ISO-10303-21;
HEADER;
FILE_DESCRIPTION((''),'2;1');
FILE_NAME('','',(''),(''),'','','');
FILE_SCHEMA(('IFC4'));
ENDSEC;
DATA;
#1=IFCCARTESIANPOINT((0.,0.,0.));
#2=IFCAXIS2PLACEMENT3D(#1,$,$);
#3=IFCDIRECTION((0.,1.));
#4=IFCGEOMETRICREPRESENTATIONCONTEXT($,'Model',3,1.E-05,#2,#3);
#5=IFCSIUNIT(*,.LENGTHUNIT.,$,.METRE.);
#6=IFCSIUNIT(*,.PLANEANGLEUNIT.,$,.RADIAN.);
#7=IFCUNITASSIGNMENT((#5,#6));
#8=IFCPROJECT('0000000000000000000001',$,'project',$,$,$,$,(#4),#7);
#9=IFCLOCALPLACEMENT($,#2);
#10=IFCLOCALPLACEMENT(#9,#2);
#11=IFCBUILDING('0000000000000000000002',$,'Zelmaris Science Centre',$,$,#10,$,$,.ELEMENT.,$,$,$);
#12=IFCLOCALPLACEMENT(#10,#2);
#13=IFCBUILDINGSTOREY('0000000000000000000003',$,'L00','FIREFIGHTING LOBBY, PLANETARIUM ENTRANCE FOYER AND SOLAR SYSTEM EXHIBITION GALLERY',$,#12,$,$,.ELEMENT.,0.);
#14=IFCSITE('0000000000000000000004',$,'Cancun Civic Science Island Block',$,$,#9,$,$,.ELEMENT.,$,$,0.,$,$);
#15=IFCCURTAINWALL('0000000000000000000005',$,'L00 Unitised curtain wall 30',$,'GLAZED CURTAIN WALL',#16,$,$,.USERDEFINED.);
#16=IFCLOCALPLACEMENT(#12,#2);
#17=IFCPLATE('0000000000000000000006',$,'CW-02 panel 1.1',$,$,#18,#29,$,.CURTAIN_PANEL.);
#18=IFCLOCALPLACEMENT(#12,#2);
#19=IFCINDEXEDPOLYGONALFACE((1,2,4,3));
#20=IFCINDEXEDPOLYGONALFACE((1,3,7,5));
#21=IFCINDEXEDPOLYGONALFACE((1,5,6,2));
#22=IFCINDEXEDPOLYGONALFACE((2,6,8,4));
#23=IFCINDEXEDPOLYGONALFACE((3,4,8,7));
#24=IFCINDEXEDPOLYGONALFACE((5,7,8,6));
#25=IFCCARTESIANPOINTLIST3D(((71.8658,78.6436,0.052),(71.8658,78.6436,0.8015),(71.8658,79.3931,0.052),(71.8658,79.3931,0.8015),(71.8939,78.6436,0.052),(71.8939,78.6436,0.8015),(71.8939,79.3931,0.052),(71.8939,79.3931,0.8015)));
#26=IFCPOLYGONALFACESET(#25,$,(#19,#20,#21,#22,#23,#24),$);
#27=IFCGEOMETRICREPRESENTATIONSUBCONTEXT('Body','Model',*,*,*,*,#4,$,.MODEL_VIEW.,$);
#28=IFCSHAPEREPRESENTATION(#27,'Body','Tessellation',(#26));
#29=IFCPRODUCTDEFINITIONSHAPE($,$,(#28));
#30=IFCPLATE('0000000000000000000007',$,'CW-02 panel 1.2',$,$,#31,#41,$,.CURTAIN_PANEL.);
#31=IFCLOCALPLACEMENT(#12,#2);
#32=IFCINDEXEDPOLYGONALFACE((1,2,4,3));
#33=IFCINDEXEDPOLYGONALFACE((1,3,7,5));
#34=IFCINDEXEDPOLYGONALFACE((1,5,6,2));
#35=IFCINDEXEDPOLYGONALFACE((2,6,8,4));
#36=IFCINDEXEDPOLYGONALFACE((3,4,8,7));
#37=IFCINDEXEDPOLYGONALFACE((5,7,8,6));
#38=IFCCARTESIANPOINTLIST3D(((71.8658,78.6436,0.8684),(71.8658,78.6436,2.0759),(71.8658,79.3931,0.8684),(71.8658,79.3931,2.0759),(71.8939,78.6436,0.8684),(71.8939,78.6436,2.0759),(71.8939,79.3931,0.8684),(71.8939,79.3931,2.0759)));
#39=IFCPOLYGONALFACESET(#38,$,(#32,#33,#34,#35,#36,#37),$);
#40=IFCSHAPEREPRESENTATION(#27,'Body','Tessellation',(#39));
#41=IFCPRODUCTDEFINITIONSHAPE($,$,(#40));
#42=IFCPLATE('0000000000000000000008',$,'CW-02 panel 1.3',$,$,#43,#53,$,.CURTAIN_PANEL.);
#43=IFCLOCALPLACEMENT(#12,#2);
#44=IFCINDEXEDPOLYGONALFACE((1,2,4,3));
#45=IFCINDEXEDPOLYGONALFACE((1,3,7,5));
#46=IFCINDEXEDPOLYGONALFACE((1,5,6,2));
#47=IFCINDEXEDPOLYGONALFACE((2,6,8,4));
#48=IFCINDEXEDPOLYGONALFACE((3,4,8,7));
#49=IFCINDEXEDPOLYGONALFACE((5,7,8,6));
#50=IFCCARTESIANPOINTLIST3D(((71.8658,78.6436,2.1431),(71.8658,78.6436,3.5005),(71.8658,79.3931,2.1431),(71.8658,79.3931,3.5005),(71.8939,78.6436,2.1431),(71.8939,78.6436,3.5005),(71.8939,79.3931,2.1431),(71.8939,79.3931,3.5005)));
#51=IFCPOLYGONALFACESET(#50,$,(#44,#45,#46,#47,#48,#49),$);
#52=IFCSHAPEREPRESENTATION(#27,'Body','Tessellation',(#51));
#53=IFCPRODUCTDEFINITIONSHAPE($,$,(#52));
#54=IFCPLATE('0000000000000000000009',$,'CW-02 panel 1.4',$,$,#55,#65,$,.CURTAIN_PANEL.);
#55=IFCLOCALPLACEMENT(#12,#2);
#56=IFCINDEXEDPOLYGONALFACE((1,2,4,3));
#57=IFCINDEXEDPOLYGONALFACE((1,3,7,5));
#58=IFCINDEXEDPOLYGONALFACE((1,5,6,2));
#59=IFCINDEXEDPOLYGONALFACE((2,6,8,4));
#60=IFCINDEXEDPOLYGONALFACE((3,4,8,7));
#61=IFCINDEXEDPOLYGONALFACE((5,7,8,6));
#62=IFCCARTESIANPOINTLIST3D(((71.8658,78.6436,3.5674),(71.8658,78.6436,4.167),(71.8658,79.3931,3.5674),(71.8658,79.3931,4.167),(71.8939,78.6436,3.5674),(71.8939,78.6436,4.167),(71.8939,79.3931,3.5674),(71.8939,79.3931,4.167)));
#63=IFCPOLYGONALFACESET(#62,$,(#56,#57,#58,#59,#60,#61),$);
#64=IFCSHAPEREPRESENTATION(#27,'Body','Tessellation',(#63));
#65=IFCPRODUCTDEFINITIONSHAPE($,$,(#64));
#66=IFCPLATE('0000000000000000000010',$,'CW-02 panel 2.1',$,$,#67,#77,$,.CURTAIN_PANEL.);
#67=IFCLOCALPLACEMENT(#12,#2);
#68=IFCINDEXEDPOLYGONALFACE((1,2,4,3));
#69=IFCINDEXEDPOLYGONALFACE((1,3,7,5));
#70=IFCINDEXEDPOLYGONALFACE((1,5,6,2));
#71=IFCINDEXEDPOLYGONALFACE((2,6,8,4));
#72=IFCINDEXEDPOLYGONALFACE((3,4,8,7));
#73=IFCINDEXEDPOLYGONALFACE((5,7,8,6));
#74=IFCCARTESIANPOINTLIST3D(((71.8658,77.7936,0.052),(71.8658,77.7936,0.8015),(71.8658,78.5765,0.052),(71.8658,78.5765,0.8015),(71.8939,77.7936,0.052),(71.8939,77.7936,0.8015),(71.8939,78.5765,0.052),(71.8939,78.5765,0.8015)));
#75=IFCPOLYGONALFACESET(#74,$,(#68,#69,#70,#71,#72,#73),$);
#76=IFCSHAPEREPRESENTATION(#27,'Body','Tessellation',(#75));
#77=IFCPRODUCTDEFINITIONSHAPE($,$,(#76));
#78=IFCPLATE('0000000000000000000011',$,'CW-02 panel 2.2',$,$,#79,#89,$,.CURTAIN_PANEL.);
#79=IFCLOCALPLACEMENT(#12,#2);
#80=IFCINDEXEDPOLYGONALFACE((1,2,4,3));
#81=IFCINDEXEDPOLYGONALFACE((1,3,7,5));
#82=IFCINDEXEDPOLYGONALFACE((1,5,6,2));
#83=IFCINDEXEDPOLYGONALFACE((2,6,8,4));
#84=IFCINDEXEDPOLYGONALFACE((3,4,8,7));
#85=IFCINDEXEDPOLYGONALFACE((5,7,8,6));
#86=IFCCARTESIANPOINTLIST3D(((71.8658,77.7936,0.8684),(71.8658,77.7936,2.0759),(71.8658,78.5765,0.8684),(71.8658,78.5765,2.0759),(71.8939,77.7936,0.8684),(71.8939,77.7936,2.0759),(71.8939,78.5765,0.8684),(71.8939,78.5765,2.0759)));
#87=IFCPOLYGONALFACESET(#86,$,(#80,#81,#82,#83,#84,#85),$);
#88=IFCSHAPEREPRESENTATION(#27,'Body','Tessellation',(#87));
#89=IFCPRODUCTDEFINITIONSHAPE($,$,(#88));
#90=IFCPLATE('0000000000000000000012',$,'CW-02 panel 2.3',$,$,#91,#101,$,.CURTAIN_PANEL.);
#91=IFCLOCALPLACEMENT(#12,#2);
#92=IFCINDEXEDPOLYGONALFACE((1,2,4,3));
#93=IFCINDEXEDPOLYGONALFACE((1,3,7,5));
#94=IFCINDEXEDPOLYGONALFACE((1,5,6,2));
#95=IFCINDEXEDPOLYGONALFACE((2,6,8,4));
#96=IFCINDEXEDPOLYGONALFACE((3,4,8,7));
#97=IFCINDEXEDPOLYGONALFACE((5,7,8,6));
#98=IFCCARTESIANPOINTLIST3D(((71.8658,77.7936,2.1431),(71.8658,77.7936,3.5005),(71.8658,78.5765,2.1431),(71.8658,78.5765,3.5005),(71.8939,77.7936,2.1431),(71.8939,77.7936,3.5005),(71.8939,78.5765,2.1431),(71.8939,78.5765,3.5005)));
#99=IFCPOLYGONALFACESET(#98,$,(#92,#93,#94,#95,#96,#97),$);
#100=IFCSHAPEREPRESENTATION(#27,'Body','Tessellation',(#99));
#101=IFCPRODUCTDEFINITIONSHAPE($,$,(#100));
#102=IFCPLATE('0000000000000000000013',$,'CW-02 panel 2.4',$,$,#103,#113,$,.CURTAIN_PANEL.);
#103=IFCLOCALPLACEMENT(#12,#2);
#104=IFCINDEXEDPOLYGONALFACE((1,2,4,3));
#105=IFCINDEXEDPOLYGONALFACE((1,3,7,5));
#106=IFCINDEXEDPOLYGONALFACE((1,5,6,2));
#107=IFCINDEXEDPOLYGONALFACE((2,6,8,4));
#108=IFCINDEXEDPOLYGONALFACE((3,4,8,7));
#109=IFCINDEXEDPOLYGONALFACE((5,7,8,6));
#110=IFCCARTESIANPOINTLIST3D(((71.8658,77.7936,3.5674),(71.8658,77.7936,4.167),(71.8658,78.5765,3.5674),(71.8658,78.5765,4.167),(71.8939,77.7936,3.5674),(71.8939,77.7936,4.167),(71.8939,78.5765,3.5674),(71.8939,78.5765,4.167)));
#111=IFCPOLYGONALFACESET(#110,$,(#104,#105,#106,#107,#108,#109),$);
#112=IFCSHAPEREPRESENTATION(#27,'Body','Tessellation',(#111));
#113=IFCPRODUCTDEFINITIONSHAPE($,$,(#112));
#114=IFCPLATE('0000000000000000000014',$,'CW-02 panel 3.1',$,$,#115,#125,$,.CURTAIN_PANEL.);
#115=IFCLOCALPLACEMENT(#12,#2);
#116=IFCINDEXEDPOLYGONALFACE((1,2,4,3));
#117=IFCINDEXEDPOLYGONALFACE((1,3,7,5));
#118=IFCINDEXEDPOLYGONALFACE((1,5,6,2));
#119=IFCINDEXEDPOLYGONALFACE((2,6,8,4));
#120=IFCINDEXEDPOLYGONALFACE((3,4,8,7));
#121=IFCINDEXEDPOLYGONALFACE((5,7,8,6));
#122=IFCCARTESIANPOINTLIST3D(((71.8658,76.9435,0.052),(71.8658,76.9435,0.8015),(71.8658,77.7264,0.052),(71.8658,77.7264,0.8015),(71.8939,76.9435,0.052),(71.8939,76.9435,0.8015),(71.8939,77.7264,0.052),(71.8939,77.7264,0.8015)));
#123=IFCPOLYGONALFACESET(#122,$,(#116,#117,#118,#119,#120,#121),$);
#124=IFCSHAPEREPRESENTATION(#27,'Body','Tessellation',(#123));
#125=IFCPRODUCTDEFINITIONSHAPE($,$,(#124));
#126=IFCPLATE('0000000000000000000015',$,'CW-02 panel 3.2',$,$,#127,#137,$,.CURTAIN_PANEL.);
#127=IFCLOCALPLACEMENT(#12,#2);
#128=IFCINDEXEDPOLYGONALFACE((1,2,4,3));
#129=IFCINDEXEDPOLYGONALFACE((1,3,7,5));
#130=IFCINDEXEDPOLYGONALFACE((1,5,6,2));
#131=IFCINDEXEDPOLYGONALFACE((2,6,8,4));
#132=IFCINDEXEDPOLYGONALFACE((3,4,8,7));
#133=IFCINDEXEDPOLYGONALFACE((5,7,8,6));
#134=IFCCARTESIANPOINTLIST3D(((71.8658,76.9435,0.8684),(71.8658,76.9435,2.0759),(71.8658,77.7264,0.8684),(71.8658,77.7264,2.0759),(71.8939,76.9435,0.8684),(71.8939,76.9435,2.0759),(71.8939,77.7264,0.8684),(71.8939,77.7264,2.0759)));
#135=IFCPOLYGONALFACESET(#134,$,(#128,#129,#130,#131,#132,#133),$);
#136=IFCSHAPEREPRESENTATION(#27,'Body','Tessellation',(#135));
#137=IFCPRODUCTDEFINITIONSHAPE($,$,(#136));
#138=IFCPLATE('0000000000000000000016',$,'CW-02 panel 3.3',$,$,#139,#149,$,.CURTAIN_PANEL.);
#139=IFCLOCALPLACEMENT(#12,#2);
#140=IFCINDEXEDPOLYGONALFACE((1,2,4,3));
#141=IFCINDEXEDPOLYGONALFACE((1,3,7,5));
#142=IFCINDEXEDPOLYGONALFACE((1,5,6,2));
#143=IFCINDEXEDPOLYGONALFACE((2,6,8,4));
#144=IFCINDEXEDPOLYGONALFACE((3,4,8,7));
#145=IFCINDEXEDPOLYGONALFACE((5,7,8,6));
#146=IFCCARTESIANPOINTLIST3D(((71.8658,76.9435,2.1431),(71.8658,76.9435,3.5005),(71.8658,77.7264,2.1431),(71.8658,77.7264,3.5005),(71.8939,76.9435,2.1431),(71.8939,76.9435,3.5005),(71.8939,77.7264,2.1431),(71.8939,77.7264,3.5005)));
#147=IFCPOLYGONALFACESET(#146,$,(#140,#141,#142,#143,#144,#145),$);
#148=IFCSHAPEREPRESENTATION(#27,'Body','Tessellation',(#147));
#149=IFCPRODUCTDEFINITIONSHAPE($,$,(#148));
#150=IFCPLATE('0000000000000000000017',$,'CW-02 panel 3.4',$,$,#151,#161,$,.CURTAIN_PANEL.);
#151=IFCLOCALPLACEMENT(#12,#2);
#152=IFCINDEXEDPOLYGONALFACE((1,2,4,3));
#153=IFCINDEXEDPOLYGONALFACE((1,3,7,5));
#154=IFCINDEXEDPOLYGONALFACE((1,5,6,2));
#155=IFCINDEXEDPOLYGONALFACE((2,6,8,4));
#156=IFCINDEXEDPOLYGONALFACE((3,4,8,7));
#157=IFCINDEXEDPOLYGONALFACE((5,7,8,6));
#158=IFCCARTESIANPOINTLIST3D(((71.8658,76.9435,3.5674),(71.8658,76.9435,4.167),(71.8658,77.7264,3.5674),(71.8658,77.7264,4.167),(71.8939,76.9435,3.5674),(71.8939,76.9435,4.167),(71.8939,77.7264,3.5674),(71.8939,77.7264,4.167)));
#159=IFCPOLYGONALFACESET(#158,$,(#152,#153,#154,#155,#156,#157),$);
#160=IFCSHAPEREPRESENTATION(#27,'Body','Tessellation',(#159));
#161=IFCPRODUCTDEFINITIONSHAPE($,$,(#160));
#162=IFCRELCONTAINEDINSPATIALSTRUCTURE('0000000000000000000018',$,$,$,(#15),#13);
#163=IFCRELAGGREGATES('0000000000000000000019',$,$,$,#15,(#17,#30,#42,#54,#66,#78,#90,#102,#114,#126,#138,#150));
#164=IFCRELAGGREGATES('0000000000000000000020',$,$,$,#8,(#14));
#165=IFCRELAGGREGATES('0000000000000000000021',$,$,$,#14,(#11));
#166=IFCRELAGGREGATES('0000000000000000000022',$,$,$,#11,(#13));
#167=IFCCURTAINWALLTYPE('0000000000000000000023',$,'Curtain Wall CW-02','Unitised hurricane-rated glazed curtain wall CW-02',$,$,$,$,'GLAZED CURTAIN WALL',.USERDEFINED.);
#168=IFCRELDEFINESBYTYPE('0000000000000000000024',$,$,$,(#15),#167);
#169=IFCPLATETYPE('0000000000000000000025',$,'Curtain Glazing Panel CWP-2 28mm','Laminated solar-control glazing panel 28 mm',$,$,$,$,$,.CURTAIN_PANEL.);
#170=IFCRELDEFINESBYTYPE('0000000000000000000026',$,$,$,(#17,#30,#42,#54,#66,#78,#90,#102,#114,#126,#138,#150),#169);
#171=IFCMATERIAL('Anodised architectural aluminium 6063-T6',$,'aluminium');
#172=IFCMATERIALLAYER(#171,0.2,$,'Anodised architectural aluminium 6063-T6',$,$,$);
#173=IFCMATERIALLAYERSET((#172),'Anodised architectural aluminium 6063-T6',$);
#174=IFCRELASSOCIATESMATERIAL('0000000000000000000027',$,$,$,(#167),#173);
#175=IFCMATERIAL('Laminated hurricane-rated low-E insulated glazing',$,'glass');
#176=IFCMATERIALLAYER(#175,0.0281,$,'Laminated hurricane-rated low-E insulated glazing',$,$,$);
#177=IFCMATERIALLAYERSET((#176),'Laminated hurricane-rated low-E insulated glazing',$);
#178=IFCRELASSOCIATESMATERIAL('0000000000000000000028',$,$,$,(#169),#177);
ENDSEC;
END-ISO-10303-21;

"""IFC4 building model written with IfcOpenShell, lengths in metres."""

from ifc_helpers import new_model, si_unit, direction, frame, origin, origin_2d, place, context, subcontext, project, spatial, rectangle, extrude, material, layer, layer_set, type_object, element, aggregate, save


model = new_model("IFC4")

# Units and contexts
model_context = context("Model", 3, precision=1e-05, world=origin(), true_north=direction((0.0, 1.0)))
body_context = subcontext(model_context, "Body", "Model", "MODEL_VIEW")
ifc_project = project(units=[si_unit("LENGTHUNIT", "METRE"), si_unit("PLANEANGLEUNIT", "RADIAN")], contexts=[model_context])

# Site, building, storey
site_placement = place(None, origin())
site = spatial("IfcSite", under=ifc_project, at=site_placement, Name="Cancun Civic Science Island Block", CompositionType="ELEMENT", RefElevation=0.0)
building_placement = place(site_placement, origin())
building = spatial("IfcBuilding", under=site, at=building_placement, Name="Zelmaris Science Centre", CompositionType="ELEMENT")
storey_placement = place(building_placement, origin())
storey = spatial("IfcBuildingStorey", under=building, at=storey_placement, Name="L00", Description="FIREFIGHTING LOBBY, PLANETARIUM ENTRANCE FOYER AND SOLAR SYSTEM EXHIBITION GALLERY", CompositionType="ELEMENT", Elevation=0.0)

# Curtain wall
ifc_material_1 = material(Name="Anodised architectural aluminium 6063-T6", Category="aluminium")
ifc_layer_1 = layer(ifc_material_1, 0.2, Name="Anodised architectural aluminium 6063-T6")
ifc_layer_set_1 = layer_set([ifc_layer_1], Name="Anodised architectural aluminium 6063-T6")
curtain_wall_type_1 = type_object("IfcCurtainWallType", Name="Curtain Wall CW-02", Description="Unitised hurricane-rated glazed curtain wall CW-02", ElementType="GLAZED CURTAIN WALL", PredefinedType="USERDEFINED", material=ifc_layer_set_1)
curtain_wall_1_placement = place(storey_placement, origin())
curtain_wall_1 = element("IfcCurtainWall", 1, at=curtain_wall_1_placement, inside=storey, type_object=curtain_wall_type_1, Name="L00 Unitised curtain wall 30", ObjectType="GLAZED CURTAIN WALL", PredefinedType="USERDEFINED")

# Plates
ifc_material_2 = material(Name="Laminated hurricane-rated low-E insulated glazing", Category="glass")
ifc_layer_2 = layer(ifc_material_2, 0.0281, Name="Laminated hurricane-rated low-E insulated glazing")
ifc_layer_set_2 = layer_set([ifc_layer_2], Name="Laminated hurricane-rated low-E insulated glazing")
plate_type_1 = type_object("IfcPlateType", Name="Curtain Glazing Panel CWP-2 28mm", Description="Laminated solar-control glazing panel 28 mm", PredefinedType="CURTAIN_PANEL", material=ifc_layer_set_2)
plate_1_placement = place(storey_placement, frame((71.8799, 79.0183, 0.052), z_axis=(0.0, 0.0, 1.0), x_axis=(0.0, -1.0, 0.0)))
plate_1 = element("IfcPlate", 2, at=plate_1_placement, type_object=plate_type_1, Name="CW-02 panel 1.1", PredefinedType="CURTAIN_PANEL", context=body_context, shape_type="SweptSolid", body=[
    extrude(rectangle(XDim=0.7495, YDim=0.0281, at=origin_2d()), origin(), (0.0, 0.0, 1.0), 0.7495),
])
plate_2_placement = place(storey_placement, frame((71.8799, 79.0183, 0.8684), z_axis=(0.0, 0.0, 1.0), x_axis=(0.0, -1.0, 0.0)))
plate_2 = element("IfcPlate", 3, at=plate_2_placement, type_object=plate_type_1, Name="CW-02 panel 1.2", PredefinedType="CURTAIN_PANEL", context=body_context, shape_type="SweptSolid", body=[
    extrude(rectangle(XDim=0.7495, YDim=0.0281, at=origin_2d()), origin(), (0.0, 0.0, 1.0), 1.2075),
])
plate_3_placement = place(storey_placement, frame((71.8799, 79.0183, 2.1431), z_axis=(0.0, 0.0, 1.0), x_axis=(0.0, -1.0, 0.0)))
plate_3 = element("IfcPlate", 4, at=plate_3_placement, type_object=plate_type_1, Name="CW-02 panel 1.3", PredefinedType="CURTAIN_PANEL", context=body_context, shape_type="SweptSolid", body=[
    extrude(rectangle(XDim=0.7495, YDim=0.0281, at=origin_2d()), origin(), (0.0, 0.0, 1.0), 1.3574),
])
plate_4_placement = place(storey_placement, frame((71.8799, 79.0183, 3.5674), z_axis=(0.0, 0.0, 1.0), x_axis=(0.0, -1.0, 0.0)))
plate_4 = element("IfcPlate", 5, at=plate_4_placement, type_object=plate_type_1, Name="CW-02 panel 1.4", PredefinedType="CURTAIN_PANEL", context=body_context, shape_type="SweptSolid", body=[
    extrude(rectangle(XDim=0.7495, YDim=0.0281, at=origin_2d()), origin(), (0.0, 0.0, 1.0), 0.5996),
])
plate_5_placement = place(storey_placement, frame((71.8799, 78.1851, 0.052), z_axis=(0.0, 0.0, 1.0), x_axis=(0.0, -1.0, 0.0)))
plate_5 = element("IfcPlate", 6, at=plate_5_placement, type_object=plate_type_1, Name="CW-02 panel 2.1", PredefinedType="CURTAIN_PANEL", context=body_context, shape_type="SweptSolid", body=[
    extrude(rectangle(XDim=0.783, YDim=0.0281, at=origin_2d()), origin(), (0.0, 0.0, 1.0), 0.7495),
])
plate_6_placement = place(storey_placement, frame((71.8799, 78.1851, 0.8684), z_axis=(0.0, 0.0, 1.0), x_axis=(0.0, -1.0, 0.0)))
plate_6 = element("IfcPlate", 7, at=plate_6_placement, type_object=plate_type_1, Name="CW-02 panel 2.2", PredefinedType="CURTAIN_PANEL", context=body_context, shape_type="SweptSolid", body=[
    extrude(rectangle(XDim=0.783, YDim=0.0281, at=origin_2d()), origin(), (0.0, 0.0, 1.0), 1.2075),
])
plate_7_placement = place(storey_placement, frame((71.8799, 78.1851, 2.1431), z_axis=(0.0, 0.0, 1.0), x_axis=(0.0, -1.0, 0.0)))
plate_7 = element("IfcPlate", 8, at=plate_7_placement, type_object=plate_type_1, Name="CW-02 panel 2.3", PredefinedType="CURTAIN_PANEL", context=body_context, shape_type="SweptSolid", body=[
    extrude(rectangle(XDim=0.783, YDim=0.0281, at=origin_2d()), origin(), (0.0, 0.0, 1.0), 1.3574),
])
plate_8_placement = place(storey_placement, frame((71.8799, 78.1851, 3.5674), z_axis=(0.0, 0.0, 1.0), x_axis=(0.0, -1.0, 0.0)))
plate_8 = element("IfcPlate", 9, at=plate_8_placement, type_object=plate_type_1, Name="CW-02 panel 2.4", PredefinedType="CURTAIN_PANEL", context=body_context, shape_type="SweptSolid", body=[
    extrude(rectangle(XDim=0.783, YDim=0.0281, at=origin_2d()), origin(), (0.0, 0.0, 1.0), 0.5996),
])
plate_9_placement = place(storey_placement, frame((71.8799, 77.335, 0.052), z_axis=(0.0, 0.0, 1.0), x_axis=(0.0, -1.0, 0.0)))
plate_9 = element("IfcPlate", 10, at=plate_9_placement, type_object=plate_type_1, Name="CW-02 panel 3.1", PredefinedType="CURTAIN_PANEL", context=body_context, shape_type="SweptSolid", body=[
    extrude(rectangle(XDim=0.783, YDim=0.0281, at=origin_2d()), origin(), (0.0, 0.0, 1.0), 0.7495),
])
plate_10_placement = place(storey_placement, frame((71.8799, 77.335, 0.8684), z_axis=(0.0, 0.0, 1.0), x_axis=(0.0, -1.0, 0.0)))
plate_10 = element("IfcPlate", 11, at=plate_10_placement, type_object=plate_type_1, Name="CW-02 panel 3.2", PredefinedType="CURTAIN_PANEL", context=body_context, shape_type="SweptSolid", body=[
    extrude(rectangle(XDim=0.783, YDim=0.0281, at=origin_2d()), origin(), (0.0, 0.0, 1.0), 1.2075),
])
plate_11_placement = place(storey_placement, frame((71.8799, 77.335, 2.1431), z_axis=(0.0, 0.0, 1.0), x_axis=(0.0, -1.0, 0.0)))
plate_11 = element("IfcPlate", 12, at=plate_11_placement, type_object=plate_type_1, Name="CW-02 panel 3.3", PredefinedType="CURTAIN_PANEL", context=body_context, shape_type="SweptSolid", body=[
    extrude(rectangle(XDim=0.783, YDim=0.0281, at=origin_2d()), origin(), (0.0, 0.0, 1.0), 1.3574),
])
plate_12_placement = place(storey_placement, frame((71.8799, 77.335, 3.5674), z_axis=(0.0, 0.0, 1.0), x_axis=(0.0, -1.0, 0.0)))
plate_12 = element("IfcPlate", 13, at=plate_12_placement, type_object=plate_type_1, Name="CW-02 panel 3.4", PredefinedType="CURTAIN_PANEL", context=body_context, shape_type="SweptSolid", body=[
    extrude(rectangle(XDim=0.783, YDim=0.0281, at=origin_2d()), origin(), (0.0, 0.0, 1.0), 0.5996),
])
aggregate(curtain_wall_1, [plate_1, plate_2, plate_3, plate_4, plate_5, plate_6, plate_7, plate_8, plate_9, plate_10, plate_11, plate_12])

save(model, "model.ifc")
